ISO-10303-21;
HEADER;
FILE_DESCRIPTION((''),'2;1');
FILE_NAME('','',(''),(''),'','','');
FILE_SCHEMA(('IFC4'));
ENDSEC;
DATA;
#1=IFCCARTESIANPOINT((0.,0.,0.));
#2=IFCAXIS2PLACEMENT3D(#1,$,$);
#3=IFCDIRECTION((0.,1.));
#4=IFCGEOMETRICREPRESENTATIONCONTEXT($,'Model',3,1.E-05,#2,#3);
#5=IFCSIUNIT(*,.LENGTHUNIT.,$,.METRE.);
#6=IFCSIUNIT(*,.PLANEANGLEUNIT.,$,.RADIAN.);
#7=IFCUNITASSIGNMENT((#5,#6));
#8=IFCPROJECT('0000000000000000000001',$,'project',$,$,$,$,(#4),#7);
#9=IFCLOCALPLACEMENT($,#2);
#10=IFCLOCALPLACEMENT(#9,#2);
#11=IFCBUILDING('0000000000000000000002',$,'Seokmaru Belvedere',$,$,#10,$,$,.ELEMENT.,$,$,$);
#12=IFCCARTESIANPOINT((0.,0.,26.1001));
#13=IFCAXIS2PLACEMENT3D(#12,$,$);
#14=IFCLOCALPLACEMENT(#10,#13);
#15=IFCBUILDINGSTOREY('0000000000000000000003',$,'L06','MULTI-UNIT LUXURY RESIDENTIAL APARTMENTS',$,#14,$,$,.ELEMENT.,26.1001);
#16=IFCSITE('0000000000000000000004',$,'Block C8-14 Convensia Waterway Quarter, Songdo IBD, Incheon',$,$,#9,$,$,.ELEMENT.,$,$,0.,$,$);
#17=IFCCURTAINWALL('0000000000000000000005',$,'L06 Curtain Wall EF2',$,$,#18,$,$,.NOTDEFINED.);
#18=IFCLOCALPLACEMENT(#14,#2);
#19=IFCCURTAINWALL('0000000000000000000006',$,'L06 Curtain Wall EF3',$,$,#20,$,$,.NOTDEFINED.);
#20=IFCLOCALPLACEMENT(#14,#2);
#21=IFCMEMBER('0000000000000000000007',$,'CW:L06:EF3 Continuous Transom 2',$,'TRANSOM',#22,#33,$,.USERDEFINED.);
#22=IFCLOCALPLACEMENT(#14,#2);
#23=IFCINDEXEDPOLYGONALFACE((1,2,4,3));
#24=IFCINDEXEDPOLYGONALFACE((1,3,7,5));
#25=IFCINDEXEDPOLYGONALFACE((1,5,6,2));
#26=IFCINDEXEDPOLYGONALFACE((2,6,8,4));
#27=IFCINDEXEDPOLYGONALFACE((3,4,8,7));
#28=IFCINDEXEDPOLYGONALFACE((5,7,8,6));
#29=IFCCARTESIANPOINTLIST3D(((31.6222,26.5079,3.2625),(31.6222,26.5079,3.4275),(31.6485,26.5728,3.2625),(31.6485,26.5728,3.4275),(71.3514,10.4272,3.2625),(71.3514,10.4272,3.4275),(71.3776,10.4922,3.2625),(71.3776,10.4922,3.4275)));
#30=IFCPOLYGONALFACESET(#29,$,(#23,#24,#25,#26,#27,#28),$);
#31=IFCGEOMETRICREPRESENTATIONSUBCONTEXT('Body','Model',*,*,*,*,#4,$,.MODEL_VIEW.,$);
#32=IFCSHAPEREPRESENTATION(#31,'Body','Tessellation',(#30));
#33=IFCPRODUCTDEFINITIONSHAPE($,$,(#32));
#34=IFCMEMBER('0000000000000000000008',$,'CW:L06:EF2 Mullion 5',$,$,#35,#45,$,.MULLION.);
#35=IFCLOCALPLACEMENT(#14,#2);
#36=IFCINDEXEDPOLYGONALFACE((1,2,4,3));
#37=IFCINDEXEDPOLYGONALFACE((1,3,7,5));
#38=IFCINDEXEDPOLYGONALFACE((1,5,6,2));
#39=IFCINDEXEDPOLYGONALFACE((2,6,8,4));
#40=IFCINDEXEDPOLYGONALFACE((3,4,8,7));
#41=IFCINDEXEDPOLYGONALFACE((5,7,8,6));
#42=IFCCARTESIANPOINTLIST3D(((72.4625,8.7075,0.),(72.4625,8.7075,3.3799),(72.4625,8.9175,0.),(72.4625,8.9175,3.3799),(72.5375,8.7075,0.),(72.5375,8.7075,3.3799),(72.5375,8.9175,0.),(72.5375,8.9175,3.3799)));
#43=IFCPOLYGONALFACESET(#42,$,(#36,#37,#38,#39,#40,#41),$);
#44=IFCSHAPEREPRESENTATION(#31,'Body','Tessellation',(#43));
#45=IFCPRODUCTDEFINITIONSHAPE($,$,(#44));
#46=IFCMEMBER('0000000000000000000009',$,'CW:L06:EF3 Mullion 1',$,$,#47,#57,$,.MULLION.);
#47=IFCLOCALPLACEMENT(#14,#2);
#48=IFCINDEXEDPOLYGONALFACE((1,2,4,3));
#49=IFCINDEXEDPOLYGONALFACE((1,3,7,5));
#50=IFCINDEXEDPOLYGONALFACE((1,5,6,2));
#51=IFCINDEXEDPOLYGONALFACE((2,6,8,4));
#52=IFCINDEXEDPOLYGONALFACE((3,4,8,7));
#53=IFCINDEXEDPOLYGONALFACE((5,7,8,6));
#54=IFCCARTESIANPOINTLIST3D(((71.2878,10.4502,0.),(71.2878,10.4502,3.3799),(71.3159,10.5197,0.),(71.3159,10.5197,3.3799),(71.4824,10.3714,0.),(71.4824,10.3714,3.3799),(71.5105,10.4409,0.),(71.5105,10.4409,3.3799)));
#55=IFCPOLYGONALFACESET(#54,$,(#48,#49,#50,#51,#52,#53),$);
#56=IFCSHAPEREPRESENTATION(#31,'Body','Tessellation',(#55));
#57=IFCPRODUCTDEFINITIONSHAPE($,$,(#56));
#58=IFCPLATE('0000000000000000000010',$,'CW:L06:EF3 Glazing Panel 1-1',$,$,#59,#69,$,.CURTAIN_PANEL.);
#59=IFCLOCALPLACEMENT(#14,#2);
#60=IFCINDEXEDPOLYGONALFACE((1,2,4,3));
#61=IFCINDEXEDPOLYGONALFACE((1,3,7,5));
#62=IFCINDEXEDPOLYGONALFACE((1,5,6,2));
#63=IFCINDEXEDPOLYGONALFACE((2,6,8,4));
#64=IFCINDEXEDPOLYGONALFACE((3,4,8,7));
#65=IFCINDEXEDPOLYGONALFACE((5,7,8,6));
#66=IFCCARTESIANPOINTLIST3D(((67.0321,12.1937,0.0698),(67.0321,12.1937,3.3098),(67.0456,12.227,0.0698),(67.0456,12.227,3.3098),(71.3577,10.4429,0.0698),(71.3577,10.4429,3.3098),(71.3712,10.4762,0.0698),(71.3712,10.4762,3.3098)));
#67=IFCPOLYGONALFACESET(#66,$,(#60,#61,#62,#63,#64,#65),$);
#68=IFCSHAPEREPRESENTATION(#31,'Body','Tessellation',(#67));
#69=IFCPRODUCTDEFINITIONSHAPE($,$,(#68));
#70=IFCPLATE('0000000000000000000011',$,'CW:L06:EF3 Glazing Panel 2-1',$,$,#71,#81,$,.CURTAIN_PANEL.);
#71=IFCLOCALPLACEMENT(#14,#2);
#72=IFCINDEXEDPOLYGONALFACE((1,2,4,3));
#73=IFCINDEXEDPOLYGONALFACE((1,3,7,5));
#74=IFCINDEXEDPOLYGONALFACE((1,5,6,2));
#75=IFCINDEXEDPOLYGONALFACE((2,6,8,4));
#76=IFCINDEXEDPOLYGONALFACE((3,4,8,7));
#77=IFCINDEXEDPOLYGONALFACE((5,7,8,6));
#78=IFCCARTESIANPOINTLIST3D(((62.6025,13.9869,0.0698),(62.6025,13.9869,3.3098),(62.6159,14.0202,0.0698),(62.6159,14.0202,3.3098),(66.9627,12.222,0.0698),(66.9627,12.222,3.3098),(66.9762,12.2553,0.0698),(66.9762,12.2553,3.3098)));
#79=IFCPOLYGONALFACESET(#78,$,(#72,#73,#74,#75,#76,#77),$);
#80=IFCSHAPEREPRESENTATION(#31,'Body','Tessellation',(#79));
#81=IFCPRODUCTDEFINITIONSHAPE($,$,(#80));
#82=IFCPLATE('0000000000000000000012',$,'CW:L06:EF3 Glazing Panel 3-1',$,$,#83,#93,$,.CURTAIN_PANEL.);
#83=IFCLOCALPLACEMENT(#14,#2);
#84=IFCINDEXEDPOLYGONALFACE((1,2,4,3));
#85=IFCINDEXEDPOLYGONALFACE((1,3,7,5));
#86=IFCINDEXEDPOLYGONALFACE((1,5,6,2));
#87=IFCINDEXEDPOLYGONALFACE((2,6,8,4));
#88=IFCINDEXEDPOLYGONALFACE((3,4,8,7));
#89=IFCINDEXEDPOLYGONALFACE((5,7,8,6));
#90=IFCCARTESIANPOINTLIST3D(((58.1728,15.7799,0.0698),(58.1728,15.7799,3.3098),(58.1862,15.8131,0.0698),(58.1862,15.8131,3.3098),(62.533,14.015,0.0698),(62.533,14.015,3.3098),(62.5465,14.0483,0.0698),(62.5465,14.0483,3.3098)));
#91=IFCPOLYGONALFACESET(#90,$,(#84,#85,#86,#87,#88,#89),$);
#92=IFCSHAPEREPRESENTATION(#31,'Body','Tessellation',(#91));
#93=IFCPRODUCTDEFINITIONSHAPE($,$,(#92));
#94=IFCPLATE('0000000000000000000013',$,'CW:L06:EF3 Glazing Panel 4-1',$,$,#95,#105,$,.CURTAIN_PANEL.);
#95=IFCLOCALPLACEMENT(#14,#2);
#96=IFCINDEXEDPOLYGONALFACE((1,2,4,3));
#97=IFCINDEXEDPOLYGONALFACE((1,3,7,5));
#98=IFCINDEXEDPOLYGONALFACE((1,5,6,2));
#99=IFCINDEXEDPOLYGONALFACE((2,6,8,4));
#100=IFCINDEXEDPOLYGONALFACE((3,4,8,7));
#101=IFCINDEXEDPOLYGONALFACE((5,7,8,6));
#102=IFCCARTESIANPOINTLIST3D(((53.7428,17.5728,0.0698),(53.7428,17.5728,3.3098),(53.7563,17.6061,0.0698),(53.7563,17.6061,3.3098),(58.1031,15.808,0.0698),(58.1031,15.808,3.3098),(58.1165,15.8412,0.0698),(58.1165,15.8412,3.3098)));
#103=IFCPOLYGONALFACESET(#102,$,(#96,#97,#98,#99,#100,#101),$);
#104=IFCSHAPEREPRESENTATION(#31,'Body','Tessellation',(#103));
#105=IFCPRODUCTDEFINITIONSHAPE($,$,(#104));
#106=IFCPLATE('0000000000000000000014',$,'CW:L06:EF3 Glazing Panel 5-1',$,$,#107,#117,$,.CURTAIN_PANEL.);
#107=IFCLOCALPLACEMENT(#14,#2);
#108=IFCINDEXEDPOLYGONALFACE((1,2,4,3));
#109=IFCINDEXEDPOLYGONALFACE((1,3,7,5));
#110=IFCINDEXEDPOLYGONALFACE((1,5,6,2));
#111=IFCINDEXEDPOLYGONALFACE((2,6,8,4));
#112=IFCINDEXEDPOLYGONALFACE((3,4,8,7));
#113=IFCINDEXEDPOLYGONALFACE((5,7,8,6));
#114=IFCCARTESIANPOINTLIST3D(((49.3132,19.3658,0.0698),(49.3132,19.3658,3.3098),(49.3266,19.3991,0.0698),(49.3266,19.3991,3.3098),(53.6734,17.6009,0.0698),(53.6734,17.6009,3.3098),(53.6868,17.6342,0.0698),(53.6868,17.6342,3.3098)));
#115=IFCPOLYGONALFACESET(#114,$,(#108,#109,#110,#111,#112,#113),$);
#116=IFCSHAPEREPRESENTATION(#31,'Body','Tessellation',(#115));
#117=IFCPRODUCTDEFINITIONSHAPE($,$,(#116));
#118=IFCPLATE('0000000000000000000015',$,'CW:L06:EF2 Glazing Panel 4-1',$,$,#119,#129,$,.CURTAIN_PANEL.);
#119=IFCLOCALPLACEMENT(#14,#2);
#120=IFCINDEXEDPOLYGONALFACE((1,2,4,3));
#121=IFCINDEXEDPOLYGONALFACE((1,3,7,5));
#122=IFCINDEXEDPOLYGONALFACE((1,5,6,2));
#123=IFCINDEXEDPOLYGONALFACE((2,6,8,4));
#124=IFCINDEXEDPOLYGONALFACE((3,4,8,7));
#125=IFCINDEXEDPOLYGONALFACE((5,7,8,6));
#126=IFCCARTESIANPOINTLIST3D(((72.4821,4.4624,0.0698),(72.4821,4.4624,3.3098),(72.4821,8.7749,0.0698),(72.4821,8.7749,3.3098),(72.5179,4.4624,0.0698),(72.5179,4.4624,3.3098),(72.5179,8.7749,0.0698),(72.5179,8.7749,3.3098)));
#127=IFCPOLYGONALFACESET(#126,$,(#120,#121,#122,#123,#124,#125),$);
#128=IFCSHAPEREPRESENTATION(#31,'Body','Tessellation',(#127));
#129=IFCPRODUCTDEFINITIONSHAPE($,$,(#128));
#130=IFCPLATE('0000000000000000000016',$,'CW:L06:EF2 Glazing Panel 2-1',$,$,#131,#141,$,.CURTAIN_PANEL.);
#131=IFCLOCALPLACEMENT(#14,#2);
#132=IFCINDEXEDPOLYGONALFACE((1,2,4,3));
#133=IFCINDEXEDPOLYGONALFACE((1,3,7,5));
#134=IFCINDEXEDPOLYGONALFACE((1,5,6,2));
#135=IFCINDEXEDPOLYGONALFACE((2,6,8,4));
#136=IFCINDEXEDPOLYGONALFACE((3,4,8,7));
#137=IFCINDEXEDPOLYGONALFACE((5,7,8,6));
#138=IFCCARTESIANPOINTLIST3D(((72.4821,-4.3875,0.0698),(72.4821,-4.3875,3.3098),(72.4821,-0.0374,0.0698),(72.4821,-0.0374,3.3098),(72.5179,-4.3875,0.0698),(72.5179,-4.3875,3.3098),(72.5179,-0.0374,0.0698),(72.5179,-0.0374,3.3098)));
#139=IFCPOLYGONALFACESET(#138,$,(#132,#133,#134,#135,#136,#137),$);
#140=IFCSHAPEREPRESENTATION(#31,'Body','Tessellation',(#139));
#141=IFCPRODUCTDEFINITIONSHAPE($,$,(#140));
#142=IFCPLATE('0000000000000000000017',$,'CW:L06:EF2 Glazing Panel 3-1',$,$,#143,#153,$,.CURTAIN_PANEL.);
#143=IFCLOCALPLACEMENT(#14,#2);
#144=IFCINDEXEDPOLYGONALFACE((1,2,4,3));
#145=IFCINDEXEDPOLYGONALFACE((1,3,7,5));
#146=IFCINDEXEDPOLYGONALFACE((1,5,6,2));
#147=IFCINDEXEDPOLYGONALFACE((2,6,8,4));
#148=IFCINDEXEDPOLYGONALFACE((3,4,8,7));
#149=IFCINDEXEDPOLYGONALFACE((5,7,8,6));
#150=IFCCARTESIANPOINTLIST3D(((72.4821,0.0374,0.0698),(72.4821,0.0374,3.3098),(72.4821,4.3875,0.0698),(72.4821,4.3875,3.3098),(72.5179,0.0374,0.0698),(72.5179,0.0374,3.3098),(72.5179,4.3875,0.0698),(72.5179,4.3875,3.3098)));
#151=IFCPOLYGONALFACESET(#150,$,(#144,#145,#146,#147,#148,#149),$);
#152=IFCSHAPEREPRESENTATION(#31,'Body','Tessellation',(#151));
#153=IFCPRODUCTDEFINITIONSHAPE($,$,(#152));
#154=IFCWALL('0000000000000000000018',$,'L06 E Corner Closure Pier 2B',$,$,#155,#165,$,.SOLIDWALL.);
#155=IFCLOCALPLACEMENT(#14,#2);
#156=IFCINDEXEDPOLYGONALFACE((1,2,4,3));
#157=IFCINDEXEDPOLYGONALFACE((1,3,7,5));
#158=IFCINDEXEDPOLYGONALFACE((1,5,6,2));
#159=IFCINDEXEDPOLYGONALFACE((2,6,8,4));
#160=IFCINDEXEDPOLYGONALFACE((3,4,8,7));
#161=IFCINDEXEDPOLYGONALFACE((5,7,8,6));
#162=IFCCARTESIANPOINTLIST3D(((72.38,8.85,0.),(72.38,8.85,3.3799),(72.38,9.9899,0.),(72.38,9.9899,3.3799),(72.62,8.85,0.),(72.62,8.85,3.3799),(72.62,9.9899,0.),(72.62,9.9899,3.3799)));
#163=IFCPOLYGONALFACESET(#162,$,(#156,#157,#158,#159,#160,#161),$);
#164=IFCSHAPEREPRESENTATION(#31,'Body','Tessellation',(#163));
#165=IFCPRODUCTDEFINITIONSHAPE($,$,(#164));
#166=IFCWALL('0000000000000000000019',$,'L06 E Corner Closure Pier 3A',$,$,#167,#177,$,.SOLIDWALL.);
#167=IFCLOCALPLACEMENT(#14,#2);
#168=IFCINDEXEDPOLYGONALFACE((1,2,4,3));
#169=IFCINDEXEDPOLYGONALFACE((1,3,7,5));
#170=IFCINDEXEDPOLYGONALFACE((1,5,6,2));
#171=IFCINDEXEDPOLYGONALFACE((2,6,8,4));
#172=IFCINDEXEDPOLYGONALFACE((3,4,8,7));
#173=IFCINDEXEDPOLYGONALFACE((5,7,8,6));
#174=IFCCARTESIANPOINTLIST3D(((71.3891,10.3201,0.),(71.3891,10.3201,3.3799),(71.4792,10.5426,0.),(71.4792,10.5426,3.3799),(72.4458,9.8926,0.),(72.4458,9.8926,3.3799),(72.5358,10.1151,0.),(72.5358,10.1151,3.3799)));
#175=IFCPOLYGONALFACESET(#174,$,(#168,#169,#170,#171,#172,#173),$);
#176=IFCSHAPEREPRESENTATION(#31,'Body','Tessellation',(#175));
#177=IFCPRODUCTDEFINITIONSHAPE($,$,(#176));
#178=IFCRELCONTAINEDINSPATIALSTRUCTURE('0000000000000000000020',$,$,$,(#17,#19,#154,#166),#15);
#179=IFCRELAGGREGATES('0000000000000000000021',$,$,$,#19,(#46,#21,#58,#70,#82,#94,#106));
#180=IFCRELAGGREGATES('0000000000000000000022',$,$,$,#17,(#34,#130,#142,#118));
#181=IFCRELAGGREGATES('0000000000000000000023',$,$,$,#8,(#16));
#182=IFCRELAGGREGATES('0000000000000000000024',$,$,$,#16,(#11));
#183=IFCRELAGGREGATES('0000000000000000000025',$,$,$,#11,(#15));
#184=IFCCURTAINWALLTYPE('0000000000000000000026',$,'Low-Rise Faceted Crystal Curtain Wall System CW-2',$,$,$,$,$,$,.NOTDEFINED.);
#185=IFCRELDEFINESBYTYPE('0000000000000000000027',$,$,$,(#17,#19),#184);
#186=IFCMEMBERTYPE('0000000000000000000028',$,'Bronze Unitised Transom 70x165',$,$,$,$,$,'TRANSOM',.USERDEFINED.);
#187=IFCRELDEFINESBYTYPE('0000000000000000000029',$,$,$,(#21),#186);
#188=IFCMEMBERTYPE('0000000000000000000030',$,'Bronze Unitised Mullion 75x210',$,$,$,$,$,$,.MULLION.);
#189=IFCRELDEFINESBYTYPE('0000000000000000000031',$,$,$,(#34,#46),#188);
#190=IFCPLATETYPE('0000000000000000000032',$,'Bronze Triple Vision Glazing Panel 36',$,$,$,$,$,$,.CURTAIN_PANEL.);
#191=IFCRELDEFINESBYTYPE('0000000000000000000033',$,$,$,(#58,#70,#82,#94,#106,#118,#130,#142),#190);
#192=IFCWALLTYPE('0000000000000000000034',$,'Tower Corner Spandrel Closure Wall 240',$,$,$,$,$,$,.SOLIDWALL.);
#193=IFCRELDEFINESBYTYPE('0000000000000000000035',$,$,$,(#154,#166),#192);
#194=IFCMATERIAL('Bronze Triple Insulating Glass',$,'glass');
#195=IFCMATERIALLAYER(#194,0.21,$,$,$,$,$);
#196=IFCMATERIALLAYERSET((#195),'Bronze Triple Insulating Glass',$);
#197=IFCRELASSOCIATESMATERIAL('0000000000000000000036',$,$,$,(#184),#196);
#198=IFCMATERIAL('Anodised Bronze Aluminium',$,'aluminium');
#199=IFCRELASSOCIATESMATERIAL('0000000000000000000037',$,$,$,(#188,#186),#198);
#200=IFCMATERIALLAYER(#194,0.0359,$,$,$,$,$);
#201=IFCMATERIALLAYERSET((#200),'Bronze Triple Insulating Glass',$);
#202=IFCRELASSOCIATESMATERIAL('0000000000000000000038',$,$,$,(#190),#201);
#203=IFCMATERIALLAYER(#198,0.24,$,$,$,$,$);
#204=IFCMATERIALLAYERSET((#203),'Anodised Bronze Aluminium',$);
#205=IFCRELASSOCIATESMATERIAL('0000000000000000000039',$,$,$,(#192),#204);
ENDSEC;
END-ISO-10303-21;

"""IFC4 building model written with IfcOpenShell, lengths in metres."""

from ifc_helpers import new_model, si_unit, direction, frame, frame_2d, origin, origin_2d, place, context, subcontext, project, spatial, rectangle, extrude, source, transform, mapped, material, layer, layer_set, material_profile, profile_set, type_object, type_shapes, element, aggregate, save


model = new_model("IFC4")

# Units and contexts
model_context = context("Model", 3, precision=1e-05, world=origin(), true_north=direction((0.0, 1.0)))
body_context = subcontext(model_context, "Body", "Model", "MODEL_VIEW")
ifc_project = project(units=[si_unit("LENGTHUNIT", "METRE"), si_unit("PLANEANGLEUNIT", "RADIAN")], contexts=[model_context])

# Site, building, storey
site_placement = place(None, origin())
site = spatial("IfcSite", under=ifc_project, at=site_placement, Name="Block C8-14 Convensia Waterway Quarter, Songdo IBD, Incheon", CompositionType="ELEMENT", RefElevation=0.0)
building_placement = place(site_placement, origin())
building = spatial("IfcBuilding", under=site, at=building_placement, Name="Seokmaru Belvedere", CompositionType="ELEMENT")
storey_placement = place(building_placement, frame((0.0, 0.0, 26.1001)))
storey = spatial("IfcBuildingStorey", under=building, at=storey_placement, Name="L06", Description="MULTI-UNIT LUXURY RESIDENTIAL APARTMENTS", CompositionType="ELEMENT", Elevation=26.1001)

# Curtain walls, member
ifc_material_1 = material(Name="Bronze Triple Insulating Glass", Category="glass")
ifc_layer_1 = layer(ifc_material_1, 0.21)
ifc_layer_set_1 = layer_set([ifc_layer_1], Name="Bronze Triple Insulating Glass")
curtain_wall_type = type_object("IfcCurtainWallType", Name="Low-Rise Faceted Crystal Curtain Wall System CW-2", PredefinedType="NOTDEFINED", material=ifc_layer_set_1)
curtain_wall_1_placement = place(storey_placement, origin())
curtain_wall_1 = element("IfcCurtainWall", 1, at=curtain_wall_1_placement, inside=storey, type_object=curtain_wall_type, Name="L06 Curtain Wall EF2", PredefinedType="NOTDEFINED")
ifc_material_2 = material(Name="Anodised Bronze Aluminium", Category="aluminium")
ifc_material_profile_1 = material_profile(ifc_material_2, rectangle(XDim=0.075, YDim=0.21, at=origin_2d()), Name="CW-M-75x210")
ifc_profile_set_1 = profile_set([ifc_material_profile_1], Name="Anodised Bronze Aluminium")
member_type_1 = type_object("IfcMemberType", Name="Bronze Unitised Mullion 75x210", PredefinedType="MULLION", material=ifc_profile_set_1)
curtain_wall_2_placement = place(storey_placement, origin())
curtain_wall_2 = element("IfcCurtainWall", 2, at=curtain_wall_2_placement, inside=storey, type_object=curtain_wall_type, Name="L06 Curtain Wall EF3", PredefinedType="NOTDEFINED")
ifc_material_profile_2 = material_profile(ifc_material_2, rectangle(XDim=0.0701, YDim=0.165, at=origin_2d()), Name="CW-T-70x165")
ifc_profile_set_2 = profile_set([ifc_material_profile_2], Name="Anodised Bronze Aluminium")
member_type_2 = type_object("IfcMemberType", Name="Bronze Unitised Transom 70x165", ElementType="TRANSOM", PredefinedType="USERDEFINED", material=ifc_profile_set_2)
shared_shape_1 = source(origin(), body_context, "Body", "SweptSolid", [
    extrude(rectangle(XDim=0.0701, YDim=0.165, at=origin_2d()), origin(), (0.0, 0.0, 1.0), 42.8601),
])
type_shapes(member_type_2, [shared_shape_1])
member_1_placement = place(storey_placement, frame((71.3645, 10.4597, 3.345), z_axis=(-0.926949, 0.375188, 0.0), x_axis=(-0.375188, -0.926949, 0.0)))
member_1 = element("IfcMember", 3, at=member_1_placement, type_object=member_type_2, Name="CW:L06:EF3 Continuous Transom 2", ObjectType="TRANSOM", PredefinedType="USERDEFINED", context=body_context, shape_type="MappedRepresentation", body=[
    mapped(shared_shape_1, transform((0.0, 0.0, 0.0), scale=1.0)),
])

# Members
shared_shape_2 = source(origin(), body_context, "Body", "SweptSolid", [
    extrude(rectangle(XDim=0.075, YDim=0.21, at=origin_2d()), origin(), (0.0, 0.0, 1.0), 3.3799),
])
member_2_placement = place(storey_placement, frame((72.5, 8.8125, 0.0), z_axis=(0.0, 0.0, 1.0), x_axis=(-1.0, 0.0, 0.0)))
member_2 = element("IfcMember", 4, at=member_2_placement, type_object=member_type_1, Name="CW:L06:EF2 Mullion 5", PredefinedType="MULLION", context=body_context, shape_type="MappedRepresentation", body=[
    mapped(shared_shape_2, transform((0.0, 0.0, 0.0), scale=1.0)),
])
member_3_placement = place(storey_placement, frame((71.3992, 10.4456, 0.0), z_axis=(0.0, 0.0, 1.0), x_axis=(-0.375192, -0.926947, 0.0)))
member_3 = element("IfcMember", 5, at=member_3_placement, type_object=member_type_1, Name="CW:L06:EF3 Mullion 1", PredefinedType="MULLION", context=body_context, shape_type="MappedRepresentation", body=[
    mapped(shared_shape_2, transform((0.0, 0.0, 0.0), scale=1.0)),
])

# Plates
ifc_layer_2 = layer(ifc_material_1, 0.0359)
ifc_layer_set_2 = layer_set([ifc_layer_2], Name="Bronze Triple Insulating Glass")
plate_type = type_object("IfcPlateType", Name="Bronze Triple Vision Glazing Panel 36", PredefinedType="CURTAIN_PANEL", material=ifc_layer_set_2)
shared_shape_3 = source(origin(), body_context, "Body", "SweptSolid", [
    extrude(rectangle(XDim=4.6665, YDim=0.0359, at=origin_2d()), origin(), (0.0, 0.0, 1.0), 3.24),
])
plate_1_placement = place(storey_placement, frame((69.2017, 11.335, 0.0698), z_axis=(0.0, 0.0, 1.0), x_axis=(-0.926947, 0.375192, 0.0)))
plate_1 = element("IfcPlate", 6, at=plate_1_placement, type_object=plate_type, Name="CW:L06:EF3 Glazing Panel 1-1", PredefinedType="CURTAIN_PANEL", context=body_context, shape_type="MappedRepresentation", body=[
    mapped(shared_shape_3, transform((0.0, 0.0, 0.0), scale=1.0)),
])
shared_shape_4 = source(origin(), body_context, "Body", "SweptSolid", [
    extrude(rectangle(XDim=4.7039, YDim=0.0359, at=origin_2d()), origin(), (0.0, 0.0, 1.0), 3.24),
])
plate_2_placement = place(storey_placement, frame((64.7893, 13.1211, 0.0698), z_axis=(0.0, 0.0, 1.0), x_axis=(-0.926947, 0.375192, 0.0)))
plate_2 = element("IfcPlate", 7, at=plate_2_placement, type_object=plate_type, Name="CW:L06:EF3 Glazing Panel 2-1", PredefinedType="CURTAIN_PANEL", context=body_context, shape_type="MappedRepresentation", body=[
    mapped(shared_shape_4, transform((0.0, 0.0, 0.0), scale=1.0)),
])
plate_3_placement = place(storey_placement, frame((60.3596, 14.9141, 0.0698), z_axis=(0.0, 0.0, 1.0), x_axis=(-0.926947, 0.375192, 0.0)))
plate_3 = element("IfcPlate", 8, at=plate_3_placement, type_object=plate_type, Name="CW:L06:EF3 Glazing Panel 3-1", PredefinedType="CURTAIN_PANEL", context=body_context, shape_type="MappedRepresentation", body=[
    mapped(shared_shape_4, transform((0.0, 0.0, 0.0), scale=1.0)),
])
plate_4_placement = place(storey_placement, frame((55.9297, 16.707, 0.0698), z_axis=(0.0, 0.0, 1.0), x_axis=(-0.926947, 0.375192, 0.0)))
plate_4 = element("IfcPlate", 9, at=plate_4_placement, type_object=plate_type, Name="CW:L06:EF3 Glazing Panel 4-1", PredefinedType="CURTAIN_PANEL", context=body_context, shape_type="MappedRepresentation", body=[
    mapped(shared_shape_4, transform((0.0, 0.0, 0.0), scale=1.0)),
])
plate_5_placement = place(storey_placement, frame((51.5, 18.5, 0.0698), z_axis=(0.0, 0.0, 1.0), x_axis=(-0.926947, 0.375192, 0.0)))
plate_5 = element("IfcPlate", 10, at=plate_5_placement, type_object=plate_type, Name="CW:L06:EF3 Glazing Panel 5-1", PredefinedType="CURTAIN_PANEL", context=body_context, shape_type="MappedRepresentation", body=[
    mapped(shared_shape_4, transform((0.0, 0.0, 0.0), scale=1.0)),
])
aggregate(curtain_wall_2, [member_3, member_1, plate_1, plate_2, plate_3, plate_4, plate_5])
shared_shape_5 = source(origin(), body_context, "Body", "SweptSolid", [
    extrude(rectangle(XDim=4.3125, YDim=0.0359, at=origin_2d()), origin(), (0.0, 0.0, 1.0), 3.24),
])
plate_6_placement = place(storey_placement, frame((72.5, 6.6187, 0.0698), z_axis=(0.0, 0.0, 1.0), x_axis=(0.0, 1.0, 0.0)))
plate_6 = element("IfcPlate", 11, at=plate_6_placement, type_object=plate_type, Name="CW:L06:EF2 Glazing Panel 4-1", PredefinedType="CURTAIN_PANEL", context=body_context, shape_type="MappedRepresentation", body=[
    mapped(shared_shape_5, transform((0.0, 0.0, 0.0), scale=1.0)),
])
shared_shape_6 = source(origin(), body_context, "Body", "SweptSolid", [
    extrude(rectangle(XDim=4.3501, YDim=0.0359, at=origin_2d()), origin(), (0.0, 0.0, 1.0), 3.24),
])
type_shapes(plate_type, [shared_shape_3, shared_shape_4, shared_shape_5, shared_shape_6])
plate_7_placement = place(storey_placement, frame((72.5, -2.2124, 0.0698), z_axis=(0.0, 0.0, 1.0), x_axis=(0.0, 1.0, 0.0)))
plate_7 = element("IfcPlate", 12, at=plate_7_placement, type_object=plate_type, Name="CW:L06:EF2 Glazing Panel 2-1", PredefinedType="CURTAIN_PANEL", context=body_context, shape_type="MappedRepresentation", body=[
    mapped(shared_shape_6, transform((0.0, 0.0, 0.0), scale=1.0)),
])
plate_8_placement = place(storey_placement, frame((72.5, 2.2124, 0.0698), z_axis=(0.0, 0.0, 1.0), x_axis=(0.0, 1.0, 0.0)))
plate_8 = element("IfcPlate", 13, at=plate_8_placement, type_object=plate_type, Name="CW:L06:EF2 Glazing Panel 3-1", PredefinedType="CURTAIN_PANEL", context=body_context, shape_type="MappedRepresentation", body=[
    mapped(shared_shape_6, transform((0.0, 0.0, 0.0), scale=1.0)),
])
aggregate(curtain_wall_1, [member_2, plate_7, plate_8, plate_6])

# Walls
ifc_layer_3 = layer(ifc_material_2, 0.24)
ifc_layer_set_3 = layer_set([ifc_layer_3], Name="Anodised Bronze Aluminium")
wall_type = type_object("IfcWallType", Name="Tower Corner Spandrel Closure Wall 240", PredefinedType="SOLIDWALL", material=ifc_layer_set_3)
for number, where, z_axis, x_axis, name in (
    (14, (72.5, 8.8501, 0.0), (0.0, 0.0, 1.0), (0.0, 1.0, 0.0), "L06 E Corner Closure Pier 2B"),
    (15, (72.4907, 10.0039, 0.0), (0.0, 0.0, 1.0), (-0.927007, 0.375044, 0.0), "L06 E Corner Closure Pier 3A"),
):
    element("IfcWall", number, at=place(storey_placement, frame(where, z_axis=z_axis, x_axis=x_axis)), inside=storey, type_object=wall_type, Name=name, PredefinedType="SOLIDWALL", context=body_context, shape_type="SweptSolid", body=[
        extrude(rectangle(XDim=1.1399, YDim=0.24, at=frame_2d((0.5698, 0.0))), origin(), (0.0, 0.0, 1.0), 3.3799),
    ])

save(model, "model.ifc")
